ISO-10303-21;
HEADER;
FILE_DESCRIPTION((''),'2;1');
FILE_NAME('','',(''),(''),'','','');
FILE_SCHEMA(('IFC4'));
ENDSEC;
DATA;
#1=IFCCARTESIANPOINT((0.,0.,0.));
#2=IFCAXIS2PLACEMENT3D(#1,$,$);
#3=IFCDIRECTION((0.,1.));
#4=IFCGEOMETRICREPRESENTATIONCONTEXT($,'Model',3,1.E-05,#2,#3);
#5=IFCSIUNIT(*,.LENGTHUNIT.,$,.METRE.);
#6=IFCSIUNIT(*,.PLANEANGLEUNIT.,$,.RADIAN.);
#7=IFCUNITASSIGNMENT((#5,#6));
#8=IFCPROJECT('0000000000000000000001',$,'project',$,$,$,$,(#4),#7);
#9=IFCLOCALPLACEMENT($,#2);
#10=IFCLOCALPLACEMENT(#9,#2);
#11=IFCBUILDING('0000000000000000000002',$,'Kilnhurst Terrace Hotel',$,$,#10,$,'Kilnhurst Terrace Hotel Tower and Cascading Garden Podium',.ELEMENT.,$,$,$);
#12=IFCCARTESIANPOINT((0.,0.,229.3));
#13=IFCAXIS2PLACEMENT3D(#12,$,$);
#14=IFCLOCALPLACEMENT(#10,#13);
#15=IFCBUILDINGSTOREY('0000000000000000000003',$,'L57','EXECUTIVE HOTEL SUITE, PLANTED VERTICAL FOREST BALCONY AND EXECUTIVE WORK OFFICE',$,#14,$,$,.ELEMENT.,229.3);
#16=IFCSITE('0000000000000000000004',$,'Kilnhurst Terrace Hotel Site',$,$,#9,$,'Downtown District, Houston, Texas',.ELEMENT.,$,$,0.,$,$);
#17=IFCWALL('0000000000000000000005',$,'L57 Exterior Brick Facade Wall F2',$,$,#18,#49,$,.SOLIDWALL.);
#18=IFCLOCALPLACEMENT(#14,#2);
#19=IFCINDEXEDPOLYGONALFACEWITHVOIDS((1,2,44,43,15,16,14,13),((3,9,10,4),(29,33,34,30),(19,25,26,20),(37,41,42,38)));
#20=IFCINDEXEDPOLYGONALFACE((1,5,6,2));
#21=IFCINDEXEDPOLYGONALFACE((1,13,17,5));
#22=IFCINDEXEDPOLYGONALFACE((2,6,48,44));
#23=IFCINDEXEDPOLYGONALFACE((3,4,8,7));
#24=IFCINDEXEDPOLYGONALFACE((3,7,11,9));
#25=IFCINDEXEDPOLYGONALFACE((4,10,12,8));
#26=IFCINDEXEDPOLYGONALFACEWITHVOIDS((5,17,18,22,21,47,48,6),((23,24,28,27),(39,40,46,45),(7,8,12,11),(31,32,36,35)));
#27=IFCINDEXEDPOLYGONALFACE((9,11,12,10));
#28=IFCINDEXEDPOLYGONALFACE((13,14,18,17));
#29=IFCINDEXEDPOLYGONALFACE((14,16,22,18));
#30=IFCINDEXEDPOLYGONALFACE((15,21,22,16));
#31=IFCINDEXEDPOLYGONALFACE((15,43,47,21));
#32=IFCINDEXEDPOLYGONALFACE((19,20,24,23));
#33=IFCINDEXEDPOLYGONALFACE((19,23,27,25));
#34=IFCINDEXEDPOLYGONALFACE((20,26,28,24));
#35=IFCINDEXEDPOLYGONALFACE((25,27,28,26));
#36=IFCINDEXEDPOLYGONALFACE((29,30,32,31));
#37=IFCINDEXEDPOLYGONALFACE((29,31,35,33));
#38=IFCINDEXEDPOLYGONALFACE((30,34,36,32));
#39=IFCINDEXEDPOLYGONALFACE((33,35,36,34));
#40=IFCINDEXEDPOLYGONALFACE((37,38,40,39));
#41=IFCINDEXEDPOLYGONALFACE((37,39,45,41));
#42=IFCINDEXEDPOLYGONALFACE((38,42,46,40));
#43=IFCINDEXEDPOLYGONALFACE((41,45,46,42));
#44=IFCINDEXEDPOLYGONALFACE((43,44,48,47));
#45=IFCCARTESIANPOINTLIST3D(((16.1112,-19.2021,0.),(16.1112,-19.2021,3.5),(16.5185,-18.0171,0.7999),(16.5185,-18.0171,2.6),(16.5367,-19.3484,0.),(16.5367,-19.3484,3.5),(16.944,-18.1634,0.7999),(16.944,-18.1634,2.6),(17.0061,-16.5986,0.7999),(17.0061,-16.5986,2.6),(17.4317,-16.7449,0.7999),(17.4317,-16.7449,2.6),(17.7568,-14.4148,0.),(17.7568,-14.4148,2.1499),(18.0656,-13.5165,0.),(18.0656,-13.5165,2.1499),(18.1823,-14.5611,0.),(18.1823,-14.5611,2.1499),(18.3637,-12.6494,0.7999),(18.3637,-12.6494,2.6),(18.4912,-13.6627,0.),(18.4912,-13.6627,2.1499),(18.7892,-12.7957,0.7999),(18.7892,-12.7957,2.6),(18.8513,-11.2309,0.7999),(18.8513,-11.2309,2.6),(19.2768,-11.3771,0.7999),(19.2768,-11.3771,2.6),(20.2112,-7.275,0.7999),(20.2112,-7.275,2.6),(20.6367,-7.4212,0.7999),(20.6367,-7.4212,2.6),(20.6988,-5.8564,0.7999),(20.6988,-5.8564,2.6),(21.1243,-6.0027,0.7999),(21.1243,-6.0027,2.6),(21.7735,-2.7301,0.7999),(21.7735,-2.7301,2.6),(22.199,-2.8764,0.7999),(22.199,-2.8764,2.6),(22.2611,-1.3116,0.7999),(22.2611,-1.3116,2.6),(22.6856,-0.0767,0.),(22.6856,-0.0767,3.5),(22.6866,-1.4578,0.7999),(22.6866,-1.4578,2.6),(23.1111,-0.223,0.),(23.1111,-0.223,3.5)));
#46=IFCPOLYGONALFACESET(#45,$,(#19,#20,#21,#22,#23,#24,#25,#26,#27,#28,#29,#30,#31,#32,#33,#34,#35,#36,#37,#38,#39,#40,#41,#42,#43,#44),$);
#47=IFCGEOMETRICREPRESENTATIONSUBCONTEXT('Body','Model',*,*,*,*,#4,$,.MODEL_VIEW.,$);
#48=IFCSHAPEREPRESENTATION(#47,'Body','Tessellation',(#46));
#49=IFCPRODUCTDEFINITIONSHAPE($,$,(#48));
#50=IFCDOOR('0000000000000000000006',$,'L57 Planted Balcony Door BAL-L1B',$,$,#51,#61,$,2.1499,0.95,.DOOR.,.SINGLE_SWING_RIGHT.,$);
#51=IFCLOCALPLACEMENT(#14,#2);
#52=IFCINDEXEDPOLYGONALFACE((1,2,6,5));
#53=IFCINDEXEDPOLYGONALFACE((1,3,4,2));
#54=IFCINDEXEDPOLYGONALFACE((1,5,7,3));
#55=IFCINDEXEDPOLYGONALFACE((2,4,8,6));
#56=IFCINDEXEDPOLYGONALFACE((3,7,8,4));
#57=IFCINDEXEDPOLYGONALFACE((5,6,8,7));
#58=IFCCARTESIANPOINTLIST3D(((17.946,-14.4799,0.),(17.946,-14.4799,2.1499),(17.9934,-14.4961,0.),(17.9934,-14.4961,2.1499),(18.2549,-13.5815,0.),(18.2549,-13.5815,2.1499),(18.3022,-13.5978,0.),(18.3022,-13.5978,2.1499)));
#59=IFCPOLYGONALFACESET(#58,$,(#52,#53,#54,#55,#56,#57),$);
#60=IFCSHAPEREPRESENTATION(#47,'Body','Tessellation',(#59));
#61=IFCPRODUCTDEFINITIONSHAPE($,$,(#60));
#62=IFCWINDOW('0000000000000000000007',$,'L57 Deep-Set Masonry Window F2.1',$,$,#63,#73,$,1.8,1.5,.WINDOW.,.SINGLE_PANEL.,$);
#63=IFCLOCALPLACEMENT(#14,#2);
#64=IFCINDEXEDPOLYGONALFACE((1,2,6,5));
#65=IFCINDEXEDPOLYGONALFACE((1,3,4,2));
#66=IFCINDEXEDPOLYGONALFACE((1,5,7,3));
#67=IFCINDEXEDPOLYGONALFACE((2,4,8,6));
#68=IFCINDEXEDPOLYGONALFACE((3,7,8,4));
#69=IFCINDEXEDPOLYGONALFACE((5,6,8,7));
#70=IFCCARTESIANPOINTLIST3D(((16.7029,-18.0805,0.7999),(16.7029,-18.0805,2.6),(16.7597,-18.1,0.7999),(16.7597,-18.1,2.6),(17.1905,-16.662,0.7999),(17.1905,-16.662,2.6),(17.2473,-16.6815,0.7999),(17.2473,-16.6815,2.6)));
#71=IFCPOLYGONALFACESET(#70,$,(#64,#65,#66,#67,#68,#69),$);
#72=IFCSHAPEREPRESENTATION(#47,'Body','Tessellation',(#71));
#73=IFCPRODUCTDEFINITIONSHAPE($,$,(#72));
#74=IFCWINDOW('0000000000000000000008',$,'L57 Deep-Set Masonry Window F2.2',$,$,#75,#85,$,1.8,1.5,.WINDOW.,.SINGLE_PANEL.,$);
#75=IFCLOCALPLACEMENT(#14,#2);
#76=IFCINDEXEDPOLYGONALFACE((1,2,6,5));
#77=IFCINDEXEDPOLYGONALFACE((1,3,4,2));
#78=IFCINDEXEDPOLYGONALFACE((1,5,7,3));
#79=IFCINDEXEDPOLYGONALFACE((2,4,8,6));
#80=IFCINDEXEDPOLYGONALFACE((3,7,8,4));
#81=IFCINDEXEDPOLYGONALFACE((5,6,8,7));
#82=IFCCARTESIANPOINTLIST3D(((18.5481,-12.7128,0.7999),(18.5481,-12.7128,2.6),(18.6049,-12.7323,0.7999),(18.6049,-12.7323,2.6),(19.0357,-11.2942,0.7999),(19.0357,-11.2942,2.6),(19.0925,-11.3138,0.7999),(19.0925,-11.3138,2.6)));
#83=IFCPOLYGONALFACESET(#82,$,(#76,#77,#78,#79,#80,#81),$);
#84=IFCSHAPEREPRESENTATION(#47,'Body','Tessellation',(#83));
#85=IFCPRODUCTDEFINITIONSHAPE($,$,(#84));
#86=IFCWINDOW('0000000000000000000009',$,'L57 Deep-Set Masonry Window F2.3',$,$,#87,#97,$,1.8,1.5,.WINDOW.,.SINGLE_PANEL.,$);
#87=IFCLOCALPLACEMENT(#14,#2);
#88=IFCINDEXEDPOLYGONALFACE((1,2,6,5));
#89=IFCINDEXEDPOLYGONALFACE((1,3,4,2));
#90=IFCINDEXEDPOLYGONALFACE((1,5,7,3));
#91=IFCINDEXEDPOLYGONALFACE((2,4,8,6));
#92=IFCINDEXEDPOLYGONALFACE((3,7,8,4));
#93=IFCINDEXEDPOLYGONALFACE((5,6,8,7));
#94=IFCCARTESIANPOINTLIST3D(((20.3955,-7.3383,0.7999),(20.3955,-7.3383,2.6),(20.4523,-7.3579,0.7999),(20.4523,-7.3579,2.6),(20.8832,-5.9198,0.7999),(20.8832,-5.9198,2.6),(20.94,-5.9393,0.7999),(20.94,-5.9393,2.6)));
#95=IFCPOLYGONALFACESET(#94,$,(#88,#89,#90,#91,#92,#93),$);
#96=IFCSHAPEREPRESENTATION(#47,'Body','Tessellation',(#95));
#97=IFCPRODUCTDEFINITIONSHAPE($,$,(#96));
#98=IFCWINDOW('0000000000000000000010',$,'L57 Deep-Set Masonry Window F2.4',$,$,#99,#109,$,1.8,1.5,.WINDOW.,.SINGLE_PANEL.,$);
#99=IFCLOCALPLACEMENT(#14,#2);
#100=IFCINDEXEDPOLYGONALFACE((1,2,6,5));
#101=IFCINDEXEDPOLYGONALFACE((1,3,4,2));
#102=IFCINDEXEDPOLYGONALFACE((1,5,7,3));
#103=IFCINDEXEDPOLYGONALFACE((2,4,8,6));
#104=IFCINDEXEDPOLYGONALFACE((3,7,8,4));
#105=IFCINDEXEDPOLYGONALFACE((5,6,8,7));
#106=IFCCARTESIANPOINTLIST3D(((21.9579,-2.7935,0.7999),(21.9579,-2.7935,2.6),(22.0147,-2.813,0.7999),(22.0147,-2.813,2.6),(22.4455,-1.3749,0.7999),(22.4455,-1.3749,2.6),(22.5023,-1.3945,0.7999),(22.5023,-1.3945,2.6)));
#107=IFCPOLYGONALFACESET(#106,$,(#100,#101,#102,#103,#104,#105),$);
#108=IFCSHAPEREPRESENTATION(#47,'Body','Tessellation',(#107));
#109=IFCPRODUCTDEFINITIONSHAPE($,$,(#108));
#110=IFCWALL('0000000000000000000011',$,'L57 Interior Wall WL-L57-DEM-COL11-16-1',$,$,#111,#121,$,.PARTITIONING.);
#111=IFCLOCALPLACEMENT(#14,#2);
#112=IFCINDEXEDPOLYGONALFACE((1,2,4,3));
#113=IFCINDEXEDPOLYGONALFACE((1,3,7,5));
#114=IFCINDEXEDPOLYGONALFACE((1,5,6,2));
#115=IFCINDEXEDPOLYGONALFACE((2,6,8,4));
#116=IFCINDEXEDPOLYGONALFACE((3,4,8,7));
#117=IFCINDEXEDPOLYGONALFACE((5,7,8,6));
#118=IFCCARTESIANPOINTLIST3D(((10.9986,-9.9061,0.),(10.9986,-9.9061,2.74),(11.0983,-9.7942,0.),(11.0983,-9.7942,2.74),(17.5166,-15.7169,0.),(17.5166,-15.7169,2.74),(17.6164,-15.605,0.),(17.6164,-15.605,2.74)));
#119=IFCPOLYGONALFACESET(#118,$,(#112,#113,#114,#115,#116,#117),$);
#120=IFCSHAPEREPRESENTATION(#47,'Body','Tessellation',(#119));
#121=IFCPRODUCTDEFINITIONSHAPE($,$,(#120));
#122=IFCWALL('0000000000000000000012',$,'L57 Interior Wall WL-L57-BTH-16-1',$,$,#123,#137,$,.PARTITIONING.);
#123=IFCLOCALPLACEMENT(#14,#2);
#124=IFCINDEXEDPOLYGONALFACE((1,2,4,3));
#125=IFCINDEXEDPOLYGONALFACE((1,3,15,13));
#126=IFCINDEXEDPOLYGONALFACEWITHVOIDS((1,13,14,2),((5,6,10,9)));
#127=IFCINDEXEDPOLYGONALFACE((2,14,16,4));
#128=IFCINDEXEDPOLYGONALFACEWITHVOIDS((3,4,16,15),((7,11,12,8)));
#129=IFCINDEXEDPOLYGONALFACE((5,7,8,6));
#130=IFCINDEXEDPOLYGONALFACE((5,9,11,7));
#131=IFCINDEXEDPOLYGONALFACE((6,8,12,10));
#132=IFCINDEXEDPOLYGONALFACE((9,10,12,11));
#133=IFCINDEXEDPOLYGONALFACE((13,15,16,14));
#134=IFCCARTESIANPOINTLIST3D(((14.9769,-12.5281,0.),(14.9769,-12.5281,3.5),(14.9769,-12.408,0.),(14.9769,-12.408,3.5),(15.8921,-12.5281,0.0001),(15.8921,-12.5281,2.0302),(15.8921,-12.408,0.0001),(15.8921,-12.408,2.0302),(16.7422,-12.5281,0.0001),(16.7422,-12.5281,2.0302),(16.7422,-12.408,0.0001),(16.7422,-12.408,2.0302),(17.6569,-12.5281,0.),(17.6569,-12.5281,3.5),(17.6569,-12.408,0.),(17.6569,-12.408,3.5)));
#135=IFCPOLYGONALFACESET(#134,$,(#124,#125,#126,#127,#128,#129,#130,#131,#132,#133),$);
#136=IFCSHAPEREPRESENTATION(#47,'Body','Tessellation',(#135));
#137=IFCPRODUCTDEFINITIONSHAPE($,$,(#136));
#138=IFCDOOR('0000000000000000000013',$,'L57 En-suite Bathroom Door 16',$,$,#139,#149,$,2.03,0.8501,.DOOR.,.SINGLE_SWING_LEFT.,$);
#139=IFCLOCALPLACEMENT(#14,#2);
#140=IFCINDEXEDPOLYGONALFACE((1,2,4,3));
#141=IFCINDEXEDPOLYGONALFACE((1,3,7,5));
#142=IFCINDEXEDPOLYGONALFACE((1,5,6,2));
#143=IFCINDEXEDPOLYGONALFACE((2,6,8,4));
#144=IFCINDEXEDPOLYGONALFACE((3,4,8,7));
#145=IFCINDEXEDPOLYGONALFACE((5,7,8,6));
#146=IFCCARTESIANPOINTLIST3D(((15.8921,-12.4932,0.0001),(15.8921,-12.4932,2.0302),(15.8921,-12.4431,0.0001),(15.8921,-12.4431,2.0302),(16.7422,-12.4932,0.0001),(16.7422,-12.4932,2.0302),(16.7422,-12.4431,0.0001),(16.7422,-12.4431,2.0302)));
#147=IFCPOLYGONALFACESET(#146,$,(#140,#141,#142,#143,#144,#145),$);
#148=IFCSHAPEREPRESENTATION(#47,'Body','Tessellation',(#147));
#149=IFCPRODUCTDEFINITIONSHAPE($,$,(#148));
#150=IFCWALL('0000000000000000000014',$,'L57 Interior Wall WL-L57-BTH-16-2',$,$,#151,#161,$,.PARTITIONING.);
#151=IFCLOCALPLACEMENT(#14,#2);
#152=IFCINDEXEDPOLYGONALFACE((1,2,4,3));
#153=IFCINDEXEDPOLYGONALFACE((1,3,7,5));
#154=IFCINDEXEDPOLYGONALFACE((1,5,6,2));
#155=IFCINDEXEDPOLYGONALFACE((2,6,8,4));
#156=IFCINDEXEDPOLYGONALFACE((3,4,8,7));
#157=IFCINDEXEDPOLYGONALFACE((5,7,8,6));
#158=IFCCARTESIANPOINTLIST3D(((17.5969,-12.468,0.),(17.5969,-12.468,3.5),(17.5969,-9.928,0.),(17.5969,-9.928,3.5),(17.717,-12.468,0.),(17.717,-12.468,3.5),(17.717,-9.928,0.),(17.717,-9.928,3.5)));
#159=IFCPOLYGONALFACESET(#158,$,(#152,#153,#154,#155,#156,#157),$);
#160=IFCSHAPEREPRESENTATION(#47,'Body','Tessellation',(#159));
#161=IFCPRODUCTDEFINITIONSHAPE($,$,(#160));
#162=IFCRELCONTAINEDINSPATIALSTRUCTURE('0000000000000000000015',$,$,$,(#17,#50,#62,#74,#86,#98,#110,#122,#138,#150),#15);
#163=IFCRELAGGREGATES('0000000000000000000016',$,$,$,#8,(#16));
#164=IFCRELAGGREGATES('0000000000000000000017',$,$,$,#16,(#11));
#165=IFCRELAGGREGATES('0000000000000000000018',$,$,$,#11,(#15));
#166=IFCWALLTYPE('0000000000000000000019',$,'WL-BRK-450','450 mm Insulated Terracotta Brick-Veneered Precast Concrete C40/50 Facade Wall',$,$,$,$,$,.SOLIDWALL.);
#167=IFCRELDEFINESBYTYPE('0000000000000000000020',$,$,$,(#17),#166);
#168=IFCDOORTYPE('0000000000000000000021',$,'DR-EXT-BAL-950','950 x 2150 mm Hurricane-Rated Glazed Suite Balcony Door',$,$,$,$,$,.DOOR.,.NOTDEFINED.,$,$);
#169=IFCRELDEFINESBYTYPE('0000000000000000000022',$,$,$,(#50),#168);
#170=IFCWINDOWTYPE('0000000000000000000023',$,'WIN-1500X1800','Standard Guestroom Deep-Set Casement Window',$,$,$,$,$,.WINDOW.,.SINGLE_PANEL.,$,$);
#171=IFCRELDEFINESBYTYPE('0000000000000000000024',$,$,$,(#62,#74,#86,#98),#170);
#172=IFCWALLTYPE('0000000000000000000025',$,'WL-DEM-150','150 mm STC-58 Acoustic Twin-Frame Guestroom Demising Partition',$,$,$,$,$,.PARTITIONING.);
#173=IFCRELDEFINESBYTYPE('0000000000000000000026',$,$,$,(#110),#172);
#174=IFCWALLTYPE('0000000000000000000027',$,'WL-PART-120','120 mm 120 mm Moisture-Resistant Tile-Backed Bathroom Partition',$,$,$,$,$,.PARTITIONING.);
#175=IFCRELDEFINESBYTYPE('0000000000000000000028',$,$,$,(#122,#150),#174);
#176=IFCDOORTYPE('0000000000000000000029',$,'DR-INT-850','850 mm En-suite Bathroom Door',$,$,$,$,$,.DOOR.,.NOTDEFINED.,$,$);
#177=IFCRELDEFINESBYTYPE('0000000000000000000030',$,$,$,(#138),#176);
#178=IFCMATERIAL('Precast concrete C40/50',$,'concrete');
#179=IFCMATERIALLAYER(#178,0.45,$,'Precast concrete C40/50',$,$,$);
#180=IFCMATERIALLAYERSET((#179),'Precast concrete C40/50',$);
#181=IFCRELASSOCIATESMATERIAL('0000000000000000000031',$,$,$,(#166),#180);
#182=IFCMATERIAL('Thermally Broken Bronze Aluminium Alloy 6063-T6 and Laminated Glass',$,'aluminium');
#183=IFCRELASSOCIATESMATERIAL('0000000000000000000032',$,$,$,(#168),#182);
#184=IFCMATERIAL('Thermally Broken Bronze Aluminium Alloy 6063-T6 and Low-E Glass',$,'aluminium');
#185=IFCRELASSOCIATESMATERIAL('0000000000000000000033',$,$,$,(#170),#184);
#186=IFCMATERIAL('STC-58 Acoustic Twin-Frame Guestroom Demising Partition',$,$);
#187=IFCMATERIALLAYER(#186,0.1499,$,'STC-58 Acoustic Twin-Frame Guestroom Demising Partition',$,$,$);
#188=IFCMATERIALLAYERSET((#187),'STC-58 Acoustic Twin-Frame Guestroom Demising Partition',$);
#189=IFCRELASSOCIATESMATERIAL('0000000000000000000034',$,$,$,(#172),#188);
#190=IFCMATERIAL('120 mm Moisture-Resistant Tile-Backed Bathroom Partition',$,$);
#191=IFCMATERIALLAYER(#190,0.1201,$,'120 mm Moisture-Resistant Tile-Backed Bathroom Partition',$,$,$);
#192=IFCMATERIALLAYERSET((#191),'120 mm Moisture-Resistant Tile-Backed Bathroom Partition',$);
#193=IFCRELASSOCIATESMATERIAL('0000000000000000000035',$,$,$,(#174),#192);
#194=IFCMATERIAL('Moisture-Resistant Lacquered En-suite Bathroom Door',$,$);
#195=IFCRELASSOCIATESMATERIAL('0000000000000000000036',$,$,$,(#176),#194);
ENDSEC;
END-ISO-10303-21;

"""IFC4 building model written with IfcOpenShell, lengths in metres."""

from ifc_helpers import new_model, si_unit, direction, frame, frame_2d, origin, place, context, subcontext, project, spatial, rectangle, extrude, material, layer, layer_set, type_object, element, fill, save


model = new_model("IFC4")

# Units and contexts
model_context = context("Model", 3, precision=1e-05, world=origin(), true_north=direction((0.0, 1.0)))
body_context = subcontext(model_context, "Body", "Model", "MODEL_VIEW")
ifc_project = project(units=[si_unit("LENGTHUNIT", "METRE"), si_unit("PLANEANGLEUNIT", "RADIAN")], contexts=[model_context])

# Site, building, storey
site_placement = place(None, origin())
site = spatial("IfcSite", under=ifc_project, at=site_placement, Name="Kilnhurst Terrace Hotel Site", LongName="Downtown District, Houston, Texas", CompositionType="ELEMENT", RefElevation=0.0)
building_placement = place(site_placement, origin())
building = spatial("IfcBuilding", under=site, at=building_placement, Name="Kilnhurst Terrace Hotel", LongName="Kilnhurst Terrace Hotel Tower and Cascading Garden Podium", CompositionType="ELEMENT")
storey_placement = place(building_placement, frame((0.0, 0.0, 229.3)))
storey = spatial("IfcBuildingStorey", under=building, at=storey_placement, Name="L57", Description="EXECUTIVE HOTEL SUITE, PLANTED VERTICAL FOREST BALCONY AND EXECUTIVE WORK OFFICE", CompositionType="ELEMENT", Elevation=229.3)

# Shared definitions
ifc_material_1 = material(Name="Precast concrete C40/50", Category="concrete")
ifc_layer_1 = layer(ifc_material_1, 0.45, Name="Precast concrete C40/50")
ifc_layer_set_1 = layer_set([ifc_layer_1], Name="Precast concrete C40/50")
wall_type_1 = type_object("IfcWallType", Name="WL-BRK-450", Description="450 mm Insulated Terracotta Brick-Veneered Precast Concrete C40/50 Facade Wall", PredefinedType="SOLIDWALL", material=ifc_layer_set_1)

# Wall, openings, door, windows
wall_1_placement = place(storey_placement, frame((16.324, -19.2751, 0.0), z_axis=(0.0, 0.0, 1.0), x_axis=(0.325083, 0.945685, 0.0)))
wall_1 = element("IfcWall", 1, at=wall_1_placement, inside=storey, type_object=wall_type_1, Name="L57 Exterior Brick Facade Wall F2", PredefinedType="SOLIDWALL", context=body_context, shape_type="SweptSolid", body=[
    extrude(rectangle(XDim=20.2239, YDim=0.45, at=frame_2d((10.1118, 0.0))), origin(), (0.0, 0.0, 1.0), 3.5),
])
opening_1_placement = place(wall_1_placement, frame((5.062, 0.0, 0.0)))
opening_1 = element("IfcOpeningElement", 2, at=opening_1_placement, cuts=wall_1, PredefinedType="OPENING", context=body_context, shape_type="SweptSolid", body=[
    extrude(rectangle(XDim=0.95, YDim=2.1499, at=frame_2d((0.4751, 1.075))), frame((0.0, 0.2349, 0.0), z_axis=(0.0, -1.0, 0.0), x_axis=(1.0, 0.0, 0.0)), (0.0, 0.0, 1.0), 0.47),
])
opening_2_placement = place(wall_1_placement, frame((1.2529, 0.0, 0.8)))
opening_2 = element("IfcOpeningElement", 3, at=opening_2_placement, cuts=wall_1, PredefinedType="OPENING", context=body_context, shape_type="SweptSolid", body=[
    extrude(rectangle(XDim=1.5, YDim=1.8, at=frame_2d((0.75, 0.8999))), frame((0.0, 0.2349, 0.0), z_axis=(0.0, -1.0, 0.0), x_axis=(1.0, 0.0, 0.0)), (0.0, 0.0, 1.0), 0.47),
])
opening_3_placement = place(wall_1_placement, frame((6.929, 0.0, 0.8)))
opening_3 = element("IfcOpeningElement", 4, at=opening_3_placement, cuts=wall_1, PredefinedType="OPENING", context=body_context, shape_type="SweptSolid", body=[
    extrude(rectangle(XDim=1.5, YDim=1.8, at=frame_2d((0.75, 0.8999))), frame((0.0, 0.2349, 0.0), z_axis=(0.0, -1.0, 0.0), x_axis=(1.0, 0.0, 0.0)), (0.0, 0.0, 1.0), 0.47),
])
opening_4_placement = place(wall_1_placement, frame((12.6121, 0.0, 0.8)))
opening_4 = element("IfcOpeningElement", 5, at=opening_4_placement, cuts=wall_1, PredefinedType="OPENING", context=body_context, shape_type="SweptSolid", body=[
    extrude(rectangle(XDim=1.5, YDim=1.8, at=frame_2d((0.75, 0.8999))), frame((0.0, 0.2349, 0.0), z_axis=(0.0, -1.0, 0.0), x_axis=(1.0, 0.0, 0.0)), (0.0, 0.0, 1.0), 0.47),
])
opening_5_placement = place(wall_1_placement, frame((17.418, 0.0, 0.8)))
opening_5 = element("IfcOpeningElement", 6, at=opening_5_placement, cuts=wall_1, PredefinedType="OPENING", context=body_context, shape_type="SweptSolid", body=[
    extrude(rectangle(XDim=1.5, YDim=1.8, at=frame_2d((0.75, 0.8999))), frame((0.0, 0.2349, 0.0), z_axis=(0.0, -1.0, 0.0), x_axis=(1.0, 0.0, 0.0)), (0.0, 0.0, 1.0), 0.47),
])
ifc_material_2 = material(Name="Thermally Broken Bronze Aluminium Alloy 6063-T6 and Laminated Glass", Category="aluminium")
door_type_1 = type_object("IfcDoorType", Name="DR-EXT-BAL-950", Description="950 x 2150 mm Hurricane-Rated Glazed Suite Balcony Door", OperationType="NOTDEFINED", PredefinedType="DOOR", material=ifc_material_2)
door_1_placement = place(opening_1_placement, origin())
door_1 = element("IfcDoor", 7, at=door_1_placement, inside=storey, type_object=door_type_1, Name="L57 Planted Balcony Door BAL-L1B", OperationType="SINGLE_SWING_RIGHT", OverallHeight=2.1499, OverallWidth=0.95, PredefinedType="DOOR", context=body_context, shape_type="SweptSolid", body=[
    extrude(rectangle(XDim=0.95, YDim=2.1499, at=frame_2d((0.4751, 1.075))), frame((0.0, 0.0249, 0.0), z_axis=(0.0, -1.0, 0.0), x_axis=(1.0, 0.0, 0.0)), (0.0, 0.0, 1.0), 0.05),
])
fill(opening_1, door_1)
ifc_material_3 = material(Name="Thermally Broken Bronze Aluminium Alloy 6063-T6 and Low-E Glass", Category="aluminium")
window_type = type_object("IfcWindowType", Name="WIN-1500X1800", Description="Standard Guestroom Deep-Set Casement Window", PartitioningType="SINGLE_PANEL", PredefinedType="WINDOW", material=ifc_material_3)
window_1_placement = place(opening_2_placement, origin())
window_1 = element("IfcWindow", 8, at=window_1_placement, inside=storey, type_object=window_type, Name="L57 Deep-Set Masonry Window F2.1", OverallHeight=1.8, OverallWidth=1.5, PartitioningType="SINGLE_PANEL", PredefinedType="WINDOW", context=body_context, shape_type="SweptSolid", body=[
    extrude(rectangle(XDim=1.5, YDim=1.8, at=frame_2d((0.75, 0.8999))), frame((0.0, 0.03, 0.0), z_axis=(0.0, -1.0, 0.0), x_axis=(1.0, 0.0, 0.0)), (0.0, 0.0, 1.0), 0.0601),
])
fill(opening_2, window_1)
window_2_placement = place(opening_3_placement, origin())
window_2 = element("IfcWindow", 9, at=window_2_placement, inside=storey, type_object=window_type, Name="L57 Deep-Set Masonry Window F2.2", OverallHeight=1.8, OverallWidth=1.5, PartitioningType="SINGLE_PANEL", PredefinedType="WINDOW", context=body_context, shape_type="SweptSolid", body=[
    extrude(rectangle(XDim=1.5, YDim=1.8, at=frame_2d((0.75, 0.8999))), frame((0.0, 0.03, 0.0), z_axis=(0.0, -1.0, 0.0), x_axis=(1.0, 0.0, 0.0)), (0.0, 0.0, 1.0), 0.0601),
])
fill(opening_3, window_2)
window_3_placement = place(opening_4_placement, origin())
window_3 = element("IfcWindow", 10, at=window_3_placement, inside=storey, type_object=window_type, Name="L57 Deep-Set Masonry Window F2.3", OverallHeight=1.8, OverallWidth=1.5, PartitioningType="SINGLE_PANEL", PredefinedType="WINDOW", context=body_context, shape_type="SweptSolid", body=[
    extrude(rectangle(XDim=1.5, YDim=1.8, at=frame_2d((0.75, 0.8999))), frame((0.0, 0.03, 0.0), z_axis=(0.0, -1.0, 0.0), x_axis=(1.0, 0.0, 0.0)), (0.0, 0.0, 1.0), 0.0601),
])
fill(opening_4, window_3)
window_4_placement = place(opening_5_placement, origin())
window_4 = element("IfcWindow", 11, at=window_4_placement, inside=storey, type_object=window_type, Name="L57 Deep-Set Masonry Window F2.4", OverallHeight=1.8, OverallWidth=1.5, PartitioningType="SINGLE_PANEL", PredefinedType="WINDOW", context=body_context, shape_type="SweptSolid", body=[
    extrude(rectangle(XDim=1.5, YDim=1.8, at=frame_2d((0.75, 0.8999))), frame((0.0, 0.03, 0.0), z_axis=(0.0, -1.0, 0.0), x_axis=(1.0, 0.0, 0.0)), (0.0, 0.0, 1.0), 0.0601),
])
fill(opening_5, window_4)

# Wall
ifc_material_4 = material(Name="STC-58 Acoustic Twin-Frame Guestroom Demising Partition")
ifc_layer_2 = layer(ifc_material_4, 0.1499, Name="STC-58 Acoustic Twin-Frame Guestroom Demising Partition")
ifc_layer_set_2 = layer_set([ifc_layer_2], Name="STC-58 Acoustic Twin-Frame Guestroom Demising Partition")
wall_type_2 = type_object("IfcWallType", Name="WL-DEM-150", Description="150 mm STC-58 Acoustic Twin-Frame Guestroom Demising Partition", PredefinedType="PARTITIONING", material=ifc_layer_set_2)
wall_2_placement = place(storey_placement, frame((11.0483, -9.8501, 0.0), z_axis=(0.0, 0.0, 1.0), x_axis=(0.746444, -0.665448, 0.0)))
element("IfcWall", 12, at=wall_2_placement, inside=storey, type_object=wall_type_2, Name="L57 Interior Wall WL-L57-DEM-COL11-16-1", PredefinedType="PARTITIONING", context=body_context, shape_type="SweptSolid", body=[
    extrude(rectangle(XDim=8.7322, YDim=0.1499, at=frame_2d((4.3662, 0.0))), origin(), (0.0, 0.0, 1.0), 2.74),
])

# Wall, opening, door
ifc_material_5 = material(Name="120 mm Moisture-Resistant Tile-Backed Bathroom Partition")
ifc_layer_3 = layer(ifc_material_5, 0.1201, Name="120 mm Moisture-Resistant Tile-Backed Bathroom Partition")
ifc_layer_set_3 = layer_set([ifc_layer_3], Name="120 mm Moisture-Resistant Tile-Backed Bathroom Partition")
wall_type_3 = type_object("IfcWallType", Name="WL-PART-120", Description="120 mm 120 mm Moisture-Resistant Tile-Backed Bathroom Partition", PredefinedType="PARTITIONING", material=ifc_layer_set_3)
wall_3_placement = place(storey_placement, frame((14.9771, -12.468, 0.0), z_axis=(0.0, 0.0, 1.0), x_axis=(1.0, 0.0, 0.0)))
wall_3 = element("IfcWall", 13, at=wall_3_placement, inside=storey, type_object=wall_type_3, Name="L57 Interior Wall WL-L57-BTH-16-1", PredefinedType="PARTITIONING", context=body_context, shape_type="SweptSolid", body=[
    extrude(rectangle(XDim=2.6799, YDim=0.1201, at=frame_2d((1.3398, 0.0))), origin(), (0.0, 0.0, 1.0), 3.5),
])
opening_6_placement = place(wall_3_placement, frame((0.915, 0.0, 0.0)))
opening_6 = element("IfcOpeningElement", 14, at=opening_6_placement, cuts=wall_3, PredefinedType="OPENING", context=body_context, shape_type="SweptSolid", body=[
    extrude(rectangle(XDim=0.8501, YDim=2.03, at=frame_2d((0.425, 1.0151))), frame((0.0, 0.0701, 0.0), z_axis=(0.0, -1.0, 0.0), x_axis=(1.0, 0.0, 0.0)), (0.0, 0.0, 1.0), 0.1401),
])
ifc_material_6 = material(Name="Moisture-Resistant Lacquered En-suite Bathroom Door")
door_type_2 = type_object("IfcDoorType", Name="DR-INT-850", Description="850 mm En-suite Bathroom Door", OperationType="NOTDEFINED", PredefinedType="DOOR", material=ifc_material_6)
door_2_placement = place(opening_6_placement, origin())
door_2 = element("IfcDoor", 15, at=door_2_placement, inside=storey, type_object=door_type_2, Name="L57 En-suite Bathroom Door 16", OperationType="SINGLE_SWING_LEFT", OverallHeight=2.03, OverallWidth=0.8501, PredefinedType="DOOR", context=body_context, shape_type="SweptSolid", body=[
    extrude(rectangle(XDim=0.8501, YDim=2.03, at=frame_2d((0.425, 1.0151))), frame((0.0, 0.0249, 0.0), z_axis=(0.0, -1.0, 0.0), x_axis=(1.0, 0.0, 0.0)), (0.0, 0.0, 1.0), 0.05),
])
fill(opening_6, door_2)

# Wall
wall_4_placement = place(storey_placement, frame((17.657, -12.468, 0.0), z_axis=(0.0, 0.0, 1.0), x_axis=(0.0, 1.0, 0.0)))
element("IfcWall", 16, at=wall_4_placement, inside=storey, type_object=wall_type_3, Name="L57 Interior Wall WL-L57-BTH-16-2", PredefinedType="PARTITIONING", context=body_context, shape_type="SweptSolid", body=[
    extrude(rectangle(XDim=2.54, YDim=0.1201, at=frame_2d((1.27, 0.0))), origin(), (0.0, 0.0, 1.0), 3.5),
])

save(model, "model.ifc")
